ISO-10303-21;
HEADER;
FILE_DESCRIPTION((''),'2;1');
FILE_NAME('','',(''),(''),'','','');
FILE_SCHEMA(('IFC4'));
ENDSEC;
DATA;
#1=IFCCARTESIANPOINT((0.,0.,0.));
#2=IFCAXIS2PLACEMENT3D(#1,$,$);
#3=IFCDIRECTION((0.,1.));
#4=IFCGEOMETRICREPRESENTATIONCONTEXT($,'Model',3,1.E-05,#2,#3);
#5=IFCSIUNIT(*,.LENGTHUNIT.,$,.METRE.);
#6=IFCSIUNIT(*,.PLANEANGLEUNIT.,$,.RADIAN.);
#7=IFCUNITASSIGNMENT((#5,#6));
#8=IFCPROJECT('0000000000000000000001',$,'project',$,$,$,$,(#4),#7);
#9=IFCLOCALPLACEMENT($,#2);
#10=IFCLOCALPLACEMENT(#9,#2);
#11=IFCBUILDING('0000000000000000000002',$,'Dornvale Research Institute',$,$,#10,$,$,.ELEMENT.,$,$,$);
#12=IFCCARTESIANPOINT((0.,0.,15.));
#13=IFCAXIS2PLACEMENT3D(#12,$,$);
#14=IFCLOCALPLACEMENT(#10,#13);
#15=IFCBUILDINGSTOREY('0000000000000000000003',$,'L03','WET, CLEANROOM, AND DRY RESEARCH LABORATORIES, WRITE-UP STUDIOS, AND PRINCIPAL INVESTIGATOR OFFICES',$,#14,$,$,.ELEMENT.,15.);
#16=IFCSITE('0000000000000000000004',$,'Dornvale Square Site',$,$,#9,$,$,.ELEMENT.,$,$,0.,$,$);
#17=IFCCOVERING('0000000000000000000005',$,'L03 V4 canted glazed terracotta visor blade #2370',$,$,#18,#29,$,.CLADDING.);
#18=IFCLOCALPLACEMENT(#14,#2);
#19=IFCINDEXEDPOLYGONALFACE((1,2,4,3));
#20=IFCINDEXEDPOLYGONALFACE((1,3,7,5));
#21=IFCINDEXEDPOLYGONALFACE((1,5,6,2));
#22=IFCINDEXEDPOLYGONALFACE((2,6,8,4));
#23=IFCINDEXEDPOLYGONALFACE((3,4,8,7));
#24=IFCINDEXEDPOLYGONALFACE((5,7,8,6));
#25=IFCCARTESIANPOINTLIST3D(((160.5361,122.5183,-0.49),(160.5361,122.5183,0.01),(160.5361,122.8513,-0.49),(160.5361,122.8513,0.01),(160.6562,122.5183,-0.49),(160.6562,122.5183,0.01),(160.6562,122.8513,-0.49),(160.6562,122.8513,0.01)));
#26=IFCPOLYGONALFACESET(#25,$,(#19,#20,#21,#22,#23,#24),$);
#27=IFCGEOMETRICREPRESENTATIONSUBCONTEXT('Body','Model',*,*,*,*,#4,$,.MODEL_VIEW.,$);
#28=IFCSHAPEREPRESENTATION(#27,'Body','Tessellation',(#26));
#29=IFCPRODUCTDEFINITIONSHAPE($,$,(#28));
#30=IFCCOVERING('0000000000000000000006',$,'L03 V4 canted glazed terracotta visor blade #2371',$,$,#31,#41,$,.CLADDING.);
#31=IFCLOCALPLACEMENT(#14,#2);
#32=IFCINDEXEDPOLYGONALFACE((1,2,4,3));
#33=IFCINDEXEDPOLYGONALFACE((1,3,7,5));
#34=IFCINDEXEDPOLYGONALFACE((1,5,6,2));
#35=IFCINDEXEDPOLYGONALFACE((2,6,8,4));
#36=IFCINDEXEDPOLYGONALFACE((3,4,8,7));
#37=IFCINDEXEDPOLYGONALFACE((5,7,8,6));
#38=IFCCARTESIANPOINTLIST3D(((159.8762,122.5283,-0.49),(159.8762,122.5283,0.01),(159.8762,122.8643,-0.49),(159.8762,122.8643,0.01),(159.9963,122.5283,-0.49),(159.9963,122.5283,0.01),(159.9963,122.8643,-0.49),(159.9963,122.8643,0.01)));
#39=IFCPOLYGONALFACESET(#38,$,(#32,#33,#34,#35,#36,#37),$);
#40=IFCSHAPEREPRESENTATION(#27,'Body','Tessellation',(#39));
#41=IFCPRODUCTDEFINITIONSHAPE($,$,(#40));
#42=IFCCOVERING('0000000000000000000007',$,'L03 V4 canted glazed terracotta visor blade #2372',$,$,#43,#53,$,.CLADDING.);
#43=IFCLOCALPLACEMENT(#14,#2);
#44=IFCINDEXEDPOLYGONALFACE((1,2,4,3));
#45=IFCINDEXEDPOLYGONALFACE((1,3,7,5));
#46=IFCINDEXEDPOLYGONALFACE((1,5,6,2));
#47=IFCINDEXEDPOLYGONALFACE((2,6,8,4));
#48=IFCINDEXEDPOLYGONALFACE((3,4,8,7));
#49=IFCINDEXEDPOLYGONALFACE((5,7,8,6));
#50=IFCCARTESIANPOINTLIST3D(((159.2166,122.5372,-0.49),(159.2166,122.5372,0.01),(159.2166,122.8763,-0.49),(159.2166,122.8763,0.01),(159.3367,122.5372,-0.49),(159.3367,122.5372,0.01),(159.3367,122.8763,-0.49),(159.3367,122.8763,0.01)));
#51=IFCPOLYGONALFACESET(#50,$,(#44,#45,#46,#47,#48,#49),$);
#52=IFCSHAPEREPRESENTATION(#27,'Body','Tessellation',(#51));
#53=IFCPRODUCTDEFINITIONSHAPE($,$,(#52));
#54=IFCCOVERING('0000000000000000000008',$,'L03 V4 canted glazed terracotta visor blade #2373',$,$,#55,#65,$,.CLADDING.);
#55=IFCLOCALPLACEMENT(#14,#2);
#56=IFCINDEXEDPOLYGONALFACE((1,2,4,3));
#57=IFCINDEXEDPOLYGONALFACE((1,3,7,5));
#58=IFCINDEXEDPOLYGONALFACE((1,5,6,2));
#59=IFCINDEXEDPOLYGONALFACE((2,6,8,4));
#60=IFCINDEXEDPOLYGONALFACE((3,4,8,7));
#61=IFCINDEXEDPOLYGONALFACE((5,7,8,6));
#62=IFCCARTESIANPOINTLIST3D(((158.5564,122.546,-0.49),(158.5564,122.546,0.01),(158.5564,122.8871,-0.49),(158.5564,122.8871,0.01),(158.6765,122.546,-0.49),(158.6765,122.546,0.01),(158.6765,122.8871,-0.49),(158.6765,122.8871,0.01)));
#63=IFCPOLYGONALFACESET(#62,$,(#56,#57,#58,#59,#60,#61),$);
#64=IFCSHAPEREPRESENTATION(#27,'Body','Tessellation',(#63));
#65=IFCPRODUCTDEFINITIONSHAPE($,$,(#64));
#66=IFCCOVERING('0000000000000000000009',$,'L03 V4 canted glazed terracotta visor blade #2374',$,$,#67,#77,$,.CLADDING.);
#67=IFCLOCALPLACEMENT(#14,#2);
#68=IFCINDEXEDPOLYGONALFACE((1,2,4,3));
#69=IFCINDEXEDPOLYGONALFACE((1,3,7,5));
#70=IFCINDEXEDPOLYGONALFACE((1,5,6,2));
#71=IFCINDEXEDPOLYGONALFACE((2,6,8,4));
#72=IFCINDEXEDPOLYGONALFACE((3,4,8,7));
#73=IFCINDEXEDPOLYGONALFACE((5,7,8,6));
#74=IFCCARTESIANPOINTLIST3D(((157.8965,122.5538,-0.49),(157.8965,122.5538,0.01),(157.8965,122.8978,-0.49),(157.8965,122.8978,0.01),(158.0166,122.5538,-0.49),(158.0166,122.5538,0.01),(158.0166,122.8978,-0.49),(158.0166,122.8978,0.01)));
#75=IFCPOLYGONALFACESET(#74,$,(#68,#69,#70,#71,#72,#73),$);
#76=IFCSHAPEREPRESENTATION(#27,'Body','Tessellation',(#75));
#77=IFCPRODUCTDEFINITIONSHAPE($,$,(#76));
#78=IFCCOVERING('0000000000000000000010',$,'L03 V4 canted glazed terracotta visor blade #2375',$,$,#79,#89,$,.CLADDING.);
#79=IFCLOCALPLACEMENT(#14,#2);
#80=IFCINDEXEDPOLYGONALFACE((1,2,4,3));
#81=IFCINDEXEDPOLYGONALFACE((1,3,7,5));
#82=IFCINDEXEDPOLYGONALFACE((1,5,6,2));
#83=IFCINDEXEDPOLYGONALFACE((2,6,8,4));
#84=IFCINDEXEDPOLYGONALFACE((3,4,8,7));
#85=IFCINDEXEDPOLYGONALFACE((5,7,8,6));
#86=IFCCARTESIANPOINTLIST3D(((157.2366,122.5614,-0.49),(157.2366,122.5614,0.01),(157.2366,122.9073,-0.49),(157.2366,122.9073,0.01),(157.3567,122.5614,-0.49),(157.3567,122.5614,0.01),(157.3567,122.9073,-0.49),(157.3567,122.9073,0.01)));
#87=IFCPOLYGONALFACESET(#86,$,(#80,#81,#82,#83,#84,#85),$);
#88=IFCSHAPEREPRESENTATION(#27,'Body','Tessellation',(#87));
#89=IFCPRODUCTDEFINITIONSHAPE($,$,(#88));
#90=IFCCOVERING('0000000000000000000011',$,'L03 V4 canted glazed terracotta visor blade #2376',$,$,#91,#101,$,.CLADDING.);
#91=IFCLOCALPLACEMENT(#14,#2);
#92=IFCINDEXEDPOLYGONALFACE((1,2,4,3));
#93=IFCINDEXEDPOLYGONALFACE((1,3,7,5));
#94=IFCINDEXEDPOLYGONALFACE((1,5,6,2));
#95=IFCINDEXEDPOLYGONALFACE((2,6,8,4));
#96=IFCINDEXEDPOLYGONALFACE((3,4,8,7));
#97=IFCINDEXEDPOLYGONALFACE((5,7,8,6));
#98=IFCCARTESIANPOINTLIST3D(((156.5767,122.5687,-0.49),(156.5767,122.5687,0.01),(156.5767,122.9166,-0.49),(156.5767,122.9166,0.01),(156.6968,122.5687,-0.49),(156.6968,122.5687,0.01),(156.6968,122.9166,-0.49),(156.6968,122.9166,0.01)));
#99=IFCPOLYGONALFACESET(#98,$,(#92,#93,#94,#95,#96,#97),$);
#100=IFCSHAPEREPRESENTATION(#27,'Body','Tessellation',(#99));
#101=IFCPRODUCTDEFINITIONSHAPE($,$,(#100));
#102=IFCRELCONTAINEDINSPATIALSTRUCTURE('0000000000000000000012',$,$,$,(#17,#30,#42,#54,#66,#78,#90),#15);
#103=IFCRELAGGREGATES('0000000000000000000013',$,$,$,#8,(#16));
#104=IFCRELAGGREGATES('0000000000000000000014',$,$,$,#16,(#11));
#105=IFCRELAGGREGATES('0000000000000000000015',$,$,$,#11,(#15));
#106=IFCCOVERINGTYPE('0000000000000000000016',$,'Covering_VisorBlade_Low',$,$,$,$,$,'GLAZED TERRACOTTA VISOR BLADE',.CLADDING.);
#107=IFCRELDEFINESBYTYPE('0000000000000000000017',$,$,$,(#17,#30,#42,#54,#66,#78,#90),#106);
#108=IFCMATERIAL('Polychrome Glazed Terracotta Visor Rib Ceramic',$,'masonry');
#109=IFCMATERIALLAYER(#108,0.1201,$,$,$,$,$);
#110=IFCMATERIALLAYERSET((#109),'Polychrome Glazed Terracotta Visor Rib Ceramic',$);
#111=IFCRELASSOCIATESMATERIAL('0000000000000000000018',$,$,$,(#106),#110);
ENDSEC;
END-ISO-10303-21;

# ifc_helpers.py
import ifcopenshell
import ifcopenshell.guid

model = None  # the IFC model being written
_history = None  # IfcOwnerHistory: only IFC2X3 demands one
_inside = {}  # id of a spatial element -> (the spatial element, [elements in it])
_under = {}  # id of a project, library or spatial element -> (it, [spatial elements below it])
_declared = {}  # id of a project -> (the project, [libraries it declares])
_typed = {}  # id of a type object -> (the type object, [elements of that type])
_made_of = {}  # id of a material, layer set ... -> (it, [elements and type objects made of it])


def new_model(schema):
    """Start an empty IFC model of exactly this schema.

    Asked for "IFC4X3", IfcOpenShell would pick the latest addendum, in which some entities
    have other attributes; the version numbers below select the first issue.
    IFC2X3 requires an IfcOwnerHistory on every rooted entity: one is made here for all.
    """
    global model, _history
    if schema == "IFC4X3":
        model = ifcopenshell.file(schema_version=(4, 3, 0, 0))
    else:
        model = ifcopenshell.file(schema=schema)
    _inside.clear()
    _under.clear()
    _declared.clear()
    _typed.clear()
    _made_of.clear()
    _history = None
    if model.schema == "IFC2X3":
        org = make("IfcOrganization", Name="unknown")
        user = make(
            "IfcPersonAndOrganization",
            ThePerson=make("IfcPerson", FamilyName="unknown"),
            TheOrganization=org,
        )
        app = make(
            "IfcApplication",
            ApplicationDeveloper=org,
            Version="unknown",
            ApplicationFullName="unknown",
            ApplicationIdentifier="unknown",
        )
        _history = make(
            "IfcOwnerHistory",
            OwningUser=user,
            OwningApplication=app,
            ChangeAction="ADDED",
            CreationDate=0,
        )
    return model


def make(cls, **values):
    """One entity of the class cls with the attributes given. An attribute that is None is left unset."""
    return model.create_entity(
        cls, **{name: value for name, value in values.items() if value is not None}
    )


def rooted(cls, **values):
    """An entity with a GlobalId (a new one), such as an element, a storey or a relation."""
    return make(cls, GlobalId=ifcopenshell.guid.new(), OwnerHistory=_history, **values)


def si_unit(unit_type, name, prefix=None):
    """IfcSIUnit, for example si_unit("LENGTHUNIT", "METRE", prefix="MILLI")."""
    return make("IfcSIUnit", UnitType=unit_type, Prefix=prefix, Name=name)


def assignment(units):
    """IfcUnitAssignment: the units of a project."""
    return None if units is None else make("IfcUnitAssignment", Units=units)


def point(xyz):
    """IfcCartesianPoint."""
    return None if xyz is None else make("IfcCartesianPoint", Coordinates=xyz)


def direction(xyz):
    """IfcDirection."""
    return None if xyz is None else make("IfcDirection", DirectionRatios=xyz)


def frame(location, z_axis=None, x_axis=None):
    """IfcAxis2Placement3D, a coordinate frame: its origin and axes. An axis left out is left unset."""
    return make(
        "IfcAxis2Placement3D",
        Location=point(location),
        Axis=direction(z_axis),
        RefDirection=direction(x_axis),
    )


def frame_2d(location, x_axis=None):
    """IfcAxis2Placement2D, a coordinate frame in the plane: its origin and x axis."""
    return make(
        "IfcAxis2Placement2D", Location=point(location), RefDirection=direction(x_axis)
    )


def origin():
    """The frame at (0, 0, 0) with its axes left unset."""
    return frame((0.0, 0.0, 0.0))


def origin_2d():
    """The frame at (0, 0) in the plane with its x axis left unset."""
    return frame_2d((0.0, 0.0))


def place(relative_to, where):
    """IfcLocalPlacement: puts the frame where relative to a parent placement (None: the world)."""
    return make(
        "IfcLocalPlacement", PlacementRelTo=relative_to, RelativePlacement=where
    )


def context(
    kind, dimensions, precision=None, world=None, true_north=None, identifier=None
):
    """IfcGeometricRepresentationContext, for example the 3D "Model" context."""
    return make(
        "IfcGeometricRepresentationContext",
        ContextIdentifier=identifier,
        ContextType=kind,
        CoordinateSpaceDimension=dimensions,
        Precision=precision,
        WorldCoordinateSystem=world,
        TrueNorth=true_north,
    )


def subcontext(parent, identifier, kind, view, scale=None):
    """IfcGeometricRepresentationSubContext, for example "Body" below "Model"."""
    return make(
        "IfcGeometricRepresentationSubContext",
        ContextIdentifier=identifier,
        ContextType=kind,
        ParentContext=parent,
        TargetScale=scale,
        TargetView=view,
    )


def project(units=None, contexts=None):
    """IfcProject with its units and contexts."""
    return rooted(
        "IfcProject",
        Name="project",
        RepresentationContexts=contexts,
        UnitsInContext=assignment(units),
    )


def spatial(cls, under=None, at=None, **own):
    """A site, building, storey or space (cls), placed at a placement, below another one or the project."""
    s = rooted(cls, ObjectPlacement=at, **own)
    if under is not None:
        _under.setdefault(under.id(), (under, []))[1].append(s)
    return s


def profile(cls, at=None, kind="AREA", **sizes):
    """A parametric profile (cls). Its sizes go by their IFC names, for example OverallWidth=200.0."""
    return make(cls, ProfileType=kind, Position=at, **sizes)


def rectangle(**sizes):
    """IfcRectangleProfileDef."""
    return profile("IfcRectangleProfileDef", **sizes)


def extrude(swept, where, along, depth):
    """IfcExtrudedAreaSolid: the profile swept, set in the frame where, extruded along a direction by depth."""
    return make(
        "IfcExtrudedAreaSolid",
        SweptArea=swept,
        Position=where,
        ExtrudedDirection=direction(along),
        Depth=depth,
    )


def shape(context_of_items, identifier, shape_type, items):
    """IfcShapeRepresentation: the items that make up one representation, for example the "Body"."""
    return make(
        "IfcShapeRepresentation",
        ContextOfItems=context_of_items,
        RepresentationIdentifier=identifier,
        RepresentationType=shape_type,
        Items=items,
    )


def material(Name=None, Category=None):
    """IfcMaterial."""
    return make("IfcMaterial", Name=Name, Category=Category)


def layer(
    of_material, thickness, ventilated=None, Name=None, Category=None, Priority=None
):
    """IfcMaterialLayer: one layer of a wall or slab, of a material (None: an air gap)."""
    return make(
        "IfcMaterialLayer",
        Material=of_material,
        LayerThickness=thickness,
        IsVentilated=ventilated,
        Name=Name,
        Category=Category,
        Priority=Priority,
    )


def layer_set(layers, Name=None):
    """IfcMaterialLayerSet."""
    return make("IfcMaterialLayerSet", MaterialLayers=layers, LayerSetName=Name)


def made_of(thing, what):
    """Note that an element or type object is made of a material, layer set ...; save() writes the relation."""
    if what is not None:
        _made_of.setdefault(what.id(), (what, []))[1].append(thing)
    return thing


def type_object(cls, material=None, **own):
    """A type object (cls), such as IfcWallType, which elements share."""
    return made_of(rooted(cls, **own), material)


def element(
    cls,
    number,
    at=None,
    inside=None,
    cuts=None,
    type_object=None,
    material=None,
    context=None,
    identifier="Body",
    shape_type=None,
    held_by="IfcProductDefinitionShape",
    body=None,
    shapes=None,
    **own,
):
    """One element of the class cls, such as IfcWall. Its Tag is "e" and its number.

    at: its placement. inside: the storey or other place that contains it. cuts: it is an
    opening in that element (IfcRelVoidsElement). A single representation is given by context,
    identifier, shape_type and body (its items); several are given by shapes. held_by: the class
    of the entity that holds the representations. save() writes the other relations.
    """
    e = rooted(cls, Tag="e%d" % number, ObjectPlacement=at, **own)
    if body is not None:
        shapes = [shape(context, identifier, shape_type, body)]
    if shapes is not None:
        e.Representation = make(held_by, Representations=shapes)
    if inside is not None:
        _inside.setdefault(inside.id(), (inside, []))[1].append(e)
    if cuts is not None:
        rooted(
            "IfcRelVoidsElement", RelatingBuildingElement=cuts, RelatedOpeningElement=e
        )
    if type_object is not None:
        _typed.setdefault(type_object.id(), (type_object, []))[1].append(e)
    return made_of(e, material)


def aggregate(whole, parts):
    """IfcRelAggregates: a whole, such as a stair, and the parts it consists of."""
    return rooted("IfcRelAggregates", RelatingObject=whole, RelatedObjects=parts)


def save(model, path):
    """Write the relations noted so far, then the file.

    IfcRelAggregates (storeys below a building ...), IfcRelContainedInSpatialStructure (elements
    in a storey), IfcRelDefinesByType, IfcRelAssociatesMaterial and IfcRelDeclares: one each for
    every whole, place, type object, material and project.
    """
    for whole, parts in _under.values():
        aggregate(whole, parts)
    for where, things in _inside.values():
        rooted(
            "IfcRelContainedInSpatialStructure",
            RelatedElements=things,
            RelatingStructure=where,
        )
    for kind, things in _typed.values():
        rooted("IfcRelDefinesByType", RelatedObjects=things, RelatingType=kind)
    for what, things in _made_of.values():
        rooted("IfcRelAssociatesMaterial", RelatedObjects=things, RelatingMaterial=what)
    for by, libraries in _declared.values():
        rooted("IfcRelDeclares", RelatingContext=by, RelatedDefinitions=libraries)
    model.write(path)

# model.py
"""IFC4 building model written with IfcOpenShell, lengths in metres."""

from ifc_helpers import new_model, si_unit, direction, frame, origin, origin_2d, place, context, subcontext, project, spatial, rectangle, extrude, material, layer, layer_set, type_object, element, save


model = new_model("IFC4")

# Units and contexts
model_context = context("Model", 3, precision=1e-05, world=origin(), true_north=direction((0.0, 1.0)))
body_context = subcontext(model_context, "Body", "Model", "MODEL_VIEW")
ifc_project = project(units=[si_unit("LENGTHUNIT", "METRE"), si_unit("PLANEANGLEUNIT", "RADIAN")], contexts=[model_context])

# Site, building, storey
site_placement = place(None, origin())
site = spatial("IfcSite", under=ifc_project, at=site_placement, Name="Dornvale Square Site", CompositionType="ELEMENT", RefElevation=0.0)
building_placement = place(site_placement, origin())
building = spatial("IfcBuilding", under=site, at=building_placement, Name="Dornvale Research Institute", CompositionType="ELEMENT")
storey_placement = place(building_placement, frame((0.0, 0.0, 15.0)))
storey = spatial("IfcBuildingStorey", under=building, at=storey_placement, Name="L03", Description="WET, CLEANROOM, AND DRY RESEARCH LABORATORIES, WRITE-UP STUDIOS, AND PRINCIPAL INVESTIGATOR OFFICES", CompositionType="ELEMENT", Elevation=15.0)

# Coverings
ifc_material_1 = material(Name="Polychrome Glazed Terracotta Visor Rib Ceramic", Category="masonry")
ifc_layer = layer(ifc_material_1, 0.1201)
ifc_layer_set = layer_set([ifc_layer], Name="Polychrome Glazed Terracotta Visor Rib Ceramic")
covering_type = type_object("IfcCoveringType", Name="Covering_VisorBlade_Low", ElementType="GLAZED TERRACOTTA VISOR BLADE", PredefinedType="CLADDING", material=ifc_layer_set)
covering_1_placement = place(storey_placement, frame((160.5962, 122.6848, -0.49), z_axis=(0.0, 0.0, 1.0), x_axis=(0.0, 1.0, 0.0)))
element("IfcCovering", 1, at=covering_1_placement, inside=storey, type_object=covering_type, Name="L03 V4 canted glazed terracotta visor blade #2370", PredefinedType="CLADDING", context=body_context, shape_type="SweptSolid", body=[
    extrude(rectangle(XDim=0.333, YDim=0.1201, at=origin_2d()), origin(), (0.0, 0.0, 1.0), 0.5),
])
covering_2_placement = place(storey_placement, frame((159.9363, 122.6963, -0.49), z_axis=(0.0, 0.0, 1.0), x_axis=(0.0, 1.0, 0.0)))
element("IfcCovering", 2, at=covering_2_placement, inside=storey, type_object=covering_type, Name="L03 V4 canted glazed terracotta visor blade #2371", PredefinedType="CLADDING", context=body_context, shape_type="SweptSolid", body=[
    extrude(rectangle(XDim=0.3359, YDim=0.1201, at=origin_2d()), origin(), (0.0, 0.0, 1.0), 0.5),
])
covering_3_placement = place(storey_placement, frame((159.2766, 122.7068, -0.49), z_axis=(0.0, 0.0, 1.0), x_axis=(0.0, 1.0, 0.0)))
element("IfcCovering", 3, at=covering_3_placement, inside=storey, type_object=covering_type, Name="L03 V4 canted glazed terracotta visor blade #2372", PredefinedType="CLADDING", context=body_context, shape_type="SweptSolid", body=[
    extrude(rectangle(XDim=0.3391, YDim=0.1201, at=origin_2d()), origin(), (0.0, 0.0, 1.0), 0.5),
])
covering_4_placement = place(storey_placement, frame((158.6165, 122.7166, -0.49), z_axis=(0.0, 0.0, 1.0), x_axis=(0.0, 1.0, 0.0)))
element("IfcCovering", 4, at=covering_4_placement, inside=storey, type_object=covering_type, Name="L03 V4 canted glazed terracotta visor blade #2373", PredefinedType="CLADDING", context=body_context, shape_type="SweptSolid", body=[
    extrude(rectangle(XDim=0.3411, YDim=0.1201, at=origin_2d()), origin(), (0.0, 0.0, 1.0), 0.5),
])
covering_5_placement = place(storey_placement, frame((157.9565, 122.7258, -0.49), z_axis=(0.0, 0.0, 1.0), x_axis=(0.0, 1.0, 0.0)))
element("IfcCovering", 5, at=covering_5_placement, inside=storey, type_object=covering_type, Name="L03 V4 canted glazed terracotta visor blade #2374", PredefinedType="CLADDING", context=body_context, shape_type="SweptSolid", body=[
    extrude(rectangle(XDim=0.344, YDim=0.1201, at=origin_2d()), origin(), (0.0, 0.0, 1.0), 0.5),
])
covering_6_placement = place(storey_placement, frame((157.2966, 122.7344, -0.49), z_axis=(0.0, 0.0, 1.0), x_axis=(0.0, 1.0, 0.0)))
element("IfcCovering", 6, at=covering_6_placement, inside=storey, type_object=covering_type, Name="L03 V4 canted glazed terracotta visor blade #2375", PredefinedType="CLADDING", context=body_context, shape_type="SweptSolid", body=[
    extrude(rectangle(XDim=0.3459, YDim=0.1201, at=origin_2d()), origin(), (0.0, 0.0, 1.0), 0.5),
])
covering_7_placement = place(storey_placement, frame((156.6367, 122.7427, -0.49), z_axis=(0.0, 0.0, 1.0), x_axis=(0.0, 1.0, 0.0)))
element("IfcCovering", 7, at=covering_7_placement, inside=storey, type_object=covering_type, Name="L03 V4 canted glazed terracotta visor blade #2376", PredefinedType="CLADDING", context=body_context, shape_type="SweptSolid", body=[
    extrude(rectangle(XDim=0.3479, YDim=0.1201, at=origin_2d()), origin(), (0.0, 0.0, 1.0), 0.5),
])

save(model, "model.ifc")
